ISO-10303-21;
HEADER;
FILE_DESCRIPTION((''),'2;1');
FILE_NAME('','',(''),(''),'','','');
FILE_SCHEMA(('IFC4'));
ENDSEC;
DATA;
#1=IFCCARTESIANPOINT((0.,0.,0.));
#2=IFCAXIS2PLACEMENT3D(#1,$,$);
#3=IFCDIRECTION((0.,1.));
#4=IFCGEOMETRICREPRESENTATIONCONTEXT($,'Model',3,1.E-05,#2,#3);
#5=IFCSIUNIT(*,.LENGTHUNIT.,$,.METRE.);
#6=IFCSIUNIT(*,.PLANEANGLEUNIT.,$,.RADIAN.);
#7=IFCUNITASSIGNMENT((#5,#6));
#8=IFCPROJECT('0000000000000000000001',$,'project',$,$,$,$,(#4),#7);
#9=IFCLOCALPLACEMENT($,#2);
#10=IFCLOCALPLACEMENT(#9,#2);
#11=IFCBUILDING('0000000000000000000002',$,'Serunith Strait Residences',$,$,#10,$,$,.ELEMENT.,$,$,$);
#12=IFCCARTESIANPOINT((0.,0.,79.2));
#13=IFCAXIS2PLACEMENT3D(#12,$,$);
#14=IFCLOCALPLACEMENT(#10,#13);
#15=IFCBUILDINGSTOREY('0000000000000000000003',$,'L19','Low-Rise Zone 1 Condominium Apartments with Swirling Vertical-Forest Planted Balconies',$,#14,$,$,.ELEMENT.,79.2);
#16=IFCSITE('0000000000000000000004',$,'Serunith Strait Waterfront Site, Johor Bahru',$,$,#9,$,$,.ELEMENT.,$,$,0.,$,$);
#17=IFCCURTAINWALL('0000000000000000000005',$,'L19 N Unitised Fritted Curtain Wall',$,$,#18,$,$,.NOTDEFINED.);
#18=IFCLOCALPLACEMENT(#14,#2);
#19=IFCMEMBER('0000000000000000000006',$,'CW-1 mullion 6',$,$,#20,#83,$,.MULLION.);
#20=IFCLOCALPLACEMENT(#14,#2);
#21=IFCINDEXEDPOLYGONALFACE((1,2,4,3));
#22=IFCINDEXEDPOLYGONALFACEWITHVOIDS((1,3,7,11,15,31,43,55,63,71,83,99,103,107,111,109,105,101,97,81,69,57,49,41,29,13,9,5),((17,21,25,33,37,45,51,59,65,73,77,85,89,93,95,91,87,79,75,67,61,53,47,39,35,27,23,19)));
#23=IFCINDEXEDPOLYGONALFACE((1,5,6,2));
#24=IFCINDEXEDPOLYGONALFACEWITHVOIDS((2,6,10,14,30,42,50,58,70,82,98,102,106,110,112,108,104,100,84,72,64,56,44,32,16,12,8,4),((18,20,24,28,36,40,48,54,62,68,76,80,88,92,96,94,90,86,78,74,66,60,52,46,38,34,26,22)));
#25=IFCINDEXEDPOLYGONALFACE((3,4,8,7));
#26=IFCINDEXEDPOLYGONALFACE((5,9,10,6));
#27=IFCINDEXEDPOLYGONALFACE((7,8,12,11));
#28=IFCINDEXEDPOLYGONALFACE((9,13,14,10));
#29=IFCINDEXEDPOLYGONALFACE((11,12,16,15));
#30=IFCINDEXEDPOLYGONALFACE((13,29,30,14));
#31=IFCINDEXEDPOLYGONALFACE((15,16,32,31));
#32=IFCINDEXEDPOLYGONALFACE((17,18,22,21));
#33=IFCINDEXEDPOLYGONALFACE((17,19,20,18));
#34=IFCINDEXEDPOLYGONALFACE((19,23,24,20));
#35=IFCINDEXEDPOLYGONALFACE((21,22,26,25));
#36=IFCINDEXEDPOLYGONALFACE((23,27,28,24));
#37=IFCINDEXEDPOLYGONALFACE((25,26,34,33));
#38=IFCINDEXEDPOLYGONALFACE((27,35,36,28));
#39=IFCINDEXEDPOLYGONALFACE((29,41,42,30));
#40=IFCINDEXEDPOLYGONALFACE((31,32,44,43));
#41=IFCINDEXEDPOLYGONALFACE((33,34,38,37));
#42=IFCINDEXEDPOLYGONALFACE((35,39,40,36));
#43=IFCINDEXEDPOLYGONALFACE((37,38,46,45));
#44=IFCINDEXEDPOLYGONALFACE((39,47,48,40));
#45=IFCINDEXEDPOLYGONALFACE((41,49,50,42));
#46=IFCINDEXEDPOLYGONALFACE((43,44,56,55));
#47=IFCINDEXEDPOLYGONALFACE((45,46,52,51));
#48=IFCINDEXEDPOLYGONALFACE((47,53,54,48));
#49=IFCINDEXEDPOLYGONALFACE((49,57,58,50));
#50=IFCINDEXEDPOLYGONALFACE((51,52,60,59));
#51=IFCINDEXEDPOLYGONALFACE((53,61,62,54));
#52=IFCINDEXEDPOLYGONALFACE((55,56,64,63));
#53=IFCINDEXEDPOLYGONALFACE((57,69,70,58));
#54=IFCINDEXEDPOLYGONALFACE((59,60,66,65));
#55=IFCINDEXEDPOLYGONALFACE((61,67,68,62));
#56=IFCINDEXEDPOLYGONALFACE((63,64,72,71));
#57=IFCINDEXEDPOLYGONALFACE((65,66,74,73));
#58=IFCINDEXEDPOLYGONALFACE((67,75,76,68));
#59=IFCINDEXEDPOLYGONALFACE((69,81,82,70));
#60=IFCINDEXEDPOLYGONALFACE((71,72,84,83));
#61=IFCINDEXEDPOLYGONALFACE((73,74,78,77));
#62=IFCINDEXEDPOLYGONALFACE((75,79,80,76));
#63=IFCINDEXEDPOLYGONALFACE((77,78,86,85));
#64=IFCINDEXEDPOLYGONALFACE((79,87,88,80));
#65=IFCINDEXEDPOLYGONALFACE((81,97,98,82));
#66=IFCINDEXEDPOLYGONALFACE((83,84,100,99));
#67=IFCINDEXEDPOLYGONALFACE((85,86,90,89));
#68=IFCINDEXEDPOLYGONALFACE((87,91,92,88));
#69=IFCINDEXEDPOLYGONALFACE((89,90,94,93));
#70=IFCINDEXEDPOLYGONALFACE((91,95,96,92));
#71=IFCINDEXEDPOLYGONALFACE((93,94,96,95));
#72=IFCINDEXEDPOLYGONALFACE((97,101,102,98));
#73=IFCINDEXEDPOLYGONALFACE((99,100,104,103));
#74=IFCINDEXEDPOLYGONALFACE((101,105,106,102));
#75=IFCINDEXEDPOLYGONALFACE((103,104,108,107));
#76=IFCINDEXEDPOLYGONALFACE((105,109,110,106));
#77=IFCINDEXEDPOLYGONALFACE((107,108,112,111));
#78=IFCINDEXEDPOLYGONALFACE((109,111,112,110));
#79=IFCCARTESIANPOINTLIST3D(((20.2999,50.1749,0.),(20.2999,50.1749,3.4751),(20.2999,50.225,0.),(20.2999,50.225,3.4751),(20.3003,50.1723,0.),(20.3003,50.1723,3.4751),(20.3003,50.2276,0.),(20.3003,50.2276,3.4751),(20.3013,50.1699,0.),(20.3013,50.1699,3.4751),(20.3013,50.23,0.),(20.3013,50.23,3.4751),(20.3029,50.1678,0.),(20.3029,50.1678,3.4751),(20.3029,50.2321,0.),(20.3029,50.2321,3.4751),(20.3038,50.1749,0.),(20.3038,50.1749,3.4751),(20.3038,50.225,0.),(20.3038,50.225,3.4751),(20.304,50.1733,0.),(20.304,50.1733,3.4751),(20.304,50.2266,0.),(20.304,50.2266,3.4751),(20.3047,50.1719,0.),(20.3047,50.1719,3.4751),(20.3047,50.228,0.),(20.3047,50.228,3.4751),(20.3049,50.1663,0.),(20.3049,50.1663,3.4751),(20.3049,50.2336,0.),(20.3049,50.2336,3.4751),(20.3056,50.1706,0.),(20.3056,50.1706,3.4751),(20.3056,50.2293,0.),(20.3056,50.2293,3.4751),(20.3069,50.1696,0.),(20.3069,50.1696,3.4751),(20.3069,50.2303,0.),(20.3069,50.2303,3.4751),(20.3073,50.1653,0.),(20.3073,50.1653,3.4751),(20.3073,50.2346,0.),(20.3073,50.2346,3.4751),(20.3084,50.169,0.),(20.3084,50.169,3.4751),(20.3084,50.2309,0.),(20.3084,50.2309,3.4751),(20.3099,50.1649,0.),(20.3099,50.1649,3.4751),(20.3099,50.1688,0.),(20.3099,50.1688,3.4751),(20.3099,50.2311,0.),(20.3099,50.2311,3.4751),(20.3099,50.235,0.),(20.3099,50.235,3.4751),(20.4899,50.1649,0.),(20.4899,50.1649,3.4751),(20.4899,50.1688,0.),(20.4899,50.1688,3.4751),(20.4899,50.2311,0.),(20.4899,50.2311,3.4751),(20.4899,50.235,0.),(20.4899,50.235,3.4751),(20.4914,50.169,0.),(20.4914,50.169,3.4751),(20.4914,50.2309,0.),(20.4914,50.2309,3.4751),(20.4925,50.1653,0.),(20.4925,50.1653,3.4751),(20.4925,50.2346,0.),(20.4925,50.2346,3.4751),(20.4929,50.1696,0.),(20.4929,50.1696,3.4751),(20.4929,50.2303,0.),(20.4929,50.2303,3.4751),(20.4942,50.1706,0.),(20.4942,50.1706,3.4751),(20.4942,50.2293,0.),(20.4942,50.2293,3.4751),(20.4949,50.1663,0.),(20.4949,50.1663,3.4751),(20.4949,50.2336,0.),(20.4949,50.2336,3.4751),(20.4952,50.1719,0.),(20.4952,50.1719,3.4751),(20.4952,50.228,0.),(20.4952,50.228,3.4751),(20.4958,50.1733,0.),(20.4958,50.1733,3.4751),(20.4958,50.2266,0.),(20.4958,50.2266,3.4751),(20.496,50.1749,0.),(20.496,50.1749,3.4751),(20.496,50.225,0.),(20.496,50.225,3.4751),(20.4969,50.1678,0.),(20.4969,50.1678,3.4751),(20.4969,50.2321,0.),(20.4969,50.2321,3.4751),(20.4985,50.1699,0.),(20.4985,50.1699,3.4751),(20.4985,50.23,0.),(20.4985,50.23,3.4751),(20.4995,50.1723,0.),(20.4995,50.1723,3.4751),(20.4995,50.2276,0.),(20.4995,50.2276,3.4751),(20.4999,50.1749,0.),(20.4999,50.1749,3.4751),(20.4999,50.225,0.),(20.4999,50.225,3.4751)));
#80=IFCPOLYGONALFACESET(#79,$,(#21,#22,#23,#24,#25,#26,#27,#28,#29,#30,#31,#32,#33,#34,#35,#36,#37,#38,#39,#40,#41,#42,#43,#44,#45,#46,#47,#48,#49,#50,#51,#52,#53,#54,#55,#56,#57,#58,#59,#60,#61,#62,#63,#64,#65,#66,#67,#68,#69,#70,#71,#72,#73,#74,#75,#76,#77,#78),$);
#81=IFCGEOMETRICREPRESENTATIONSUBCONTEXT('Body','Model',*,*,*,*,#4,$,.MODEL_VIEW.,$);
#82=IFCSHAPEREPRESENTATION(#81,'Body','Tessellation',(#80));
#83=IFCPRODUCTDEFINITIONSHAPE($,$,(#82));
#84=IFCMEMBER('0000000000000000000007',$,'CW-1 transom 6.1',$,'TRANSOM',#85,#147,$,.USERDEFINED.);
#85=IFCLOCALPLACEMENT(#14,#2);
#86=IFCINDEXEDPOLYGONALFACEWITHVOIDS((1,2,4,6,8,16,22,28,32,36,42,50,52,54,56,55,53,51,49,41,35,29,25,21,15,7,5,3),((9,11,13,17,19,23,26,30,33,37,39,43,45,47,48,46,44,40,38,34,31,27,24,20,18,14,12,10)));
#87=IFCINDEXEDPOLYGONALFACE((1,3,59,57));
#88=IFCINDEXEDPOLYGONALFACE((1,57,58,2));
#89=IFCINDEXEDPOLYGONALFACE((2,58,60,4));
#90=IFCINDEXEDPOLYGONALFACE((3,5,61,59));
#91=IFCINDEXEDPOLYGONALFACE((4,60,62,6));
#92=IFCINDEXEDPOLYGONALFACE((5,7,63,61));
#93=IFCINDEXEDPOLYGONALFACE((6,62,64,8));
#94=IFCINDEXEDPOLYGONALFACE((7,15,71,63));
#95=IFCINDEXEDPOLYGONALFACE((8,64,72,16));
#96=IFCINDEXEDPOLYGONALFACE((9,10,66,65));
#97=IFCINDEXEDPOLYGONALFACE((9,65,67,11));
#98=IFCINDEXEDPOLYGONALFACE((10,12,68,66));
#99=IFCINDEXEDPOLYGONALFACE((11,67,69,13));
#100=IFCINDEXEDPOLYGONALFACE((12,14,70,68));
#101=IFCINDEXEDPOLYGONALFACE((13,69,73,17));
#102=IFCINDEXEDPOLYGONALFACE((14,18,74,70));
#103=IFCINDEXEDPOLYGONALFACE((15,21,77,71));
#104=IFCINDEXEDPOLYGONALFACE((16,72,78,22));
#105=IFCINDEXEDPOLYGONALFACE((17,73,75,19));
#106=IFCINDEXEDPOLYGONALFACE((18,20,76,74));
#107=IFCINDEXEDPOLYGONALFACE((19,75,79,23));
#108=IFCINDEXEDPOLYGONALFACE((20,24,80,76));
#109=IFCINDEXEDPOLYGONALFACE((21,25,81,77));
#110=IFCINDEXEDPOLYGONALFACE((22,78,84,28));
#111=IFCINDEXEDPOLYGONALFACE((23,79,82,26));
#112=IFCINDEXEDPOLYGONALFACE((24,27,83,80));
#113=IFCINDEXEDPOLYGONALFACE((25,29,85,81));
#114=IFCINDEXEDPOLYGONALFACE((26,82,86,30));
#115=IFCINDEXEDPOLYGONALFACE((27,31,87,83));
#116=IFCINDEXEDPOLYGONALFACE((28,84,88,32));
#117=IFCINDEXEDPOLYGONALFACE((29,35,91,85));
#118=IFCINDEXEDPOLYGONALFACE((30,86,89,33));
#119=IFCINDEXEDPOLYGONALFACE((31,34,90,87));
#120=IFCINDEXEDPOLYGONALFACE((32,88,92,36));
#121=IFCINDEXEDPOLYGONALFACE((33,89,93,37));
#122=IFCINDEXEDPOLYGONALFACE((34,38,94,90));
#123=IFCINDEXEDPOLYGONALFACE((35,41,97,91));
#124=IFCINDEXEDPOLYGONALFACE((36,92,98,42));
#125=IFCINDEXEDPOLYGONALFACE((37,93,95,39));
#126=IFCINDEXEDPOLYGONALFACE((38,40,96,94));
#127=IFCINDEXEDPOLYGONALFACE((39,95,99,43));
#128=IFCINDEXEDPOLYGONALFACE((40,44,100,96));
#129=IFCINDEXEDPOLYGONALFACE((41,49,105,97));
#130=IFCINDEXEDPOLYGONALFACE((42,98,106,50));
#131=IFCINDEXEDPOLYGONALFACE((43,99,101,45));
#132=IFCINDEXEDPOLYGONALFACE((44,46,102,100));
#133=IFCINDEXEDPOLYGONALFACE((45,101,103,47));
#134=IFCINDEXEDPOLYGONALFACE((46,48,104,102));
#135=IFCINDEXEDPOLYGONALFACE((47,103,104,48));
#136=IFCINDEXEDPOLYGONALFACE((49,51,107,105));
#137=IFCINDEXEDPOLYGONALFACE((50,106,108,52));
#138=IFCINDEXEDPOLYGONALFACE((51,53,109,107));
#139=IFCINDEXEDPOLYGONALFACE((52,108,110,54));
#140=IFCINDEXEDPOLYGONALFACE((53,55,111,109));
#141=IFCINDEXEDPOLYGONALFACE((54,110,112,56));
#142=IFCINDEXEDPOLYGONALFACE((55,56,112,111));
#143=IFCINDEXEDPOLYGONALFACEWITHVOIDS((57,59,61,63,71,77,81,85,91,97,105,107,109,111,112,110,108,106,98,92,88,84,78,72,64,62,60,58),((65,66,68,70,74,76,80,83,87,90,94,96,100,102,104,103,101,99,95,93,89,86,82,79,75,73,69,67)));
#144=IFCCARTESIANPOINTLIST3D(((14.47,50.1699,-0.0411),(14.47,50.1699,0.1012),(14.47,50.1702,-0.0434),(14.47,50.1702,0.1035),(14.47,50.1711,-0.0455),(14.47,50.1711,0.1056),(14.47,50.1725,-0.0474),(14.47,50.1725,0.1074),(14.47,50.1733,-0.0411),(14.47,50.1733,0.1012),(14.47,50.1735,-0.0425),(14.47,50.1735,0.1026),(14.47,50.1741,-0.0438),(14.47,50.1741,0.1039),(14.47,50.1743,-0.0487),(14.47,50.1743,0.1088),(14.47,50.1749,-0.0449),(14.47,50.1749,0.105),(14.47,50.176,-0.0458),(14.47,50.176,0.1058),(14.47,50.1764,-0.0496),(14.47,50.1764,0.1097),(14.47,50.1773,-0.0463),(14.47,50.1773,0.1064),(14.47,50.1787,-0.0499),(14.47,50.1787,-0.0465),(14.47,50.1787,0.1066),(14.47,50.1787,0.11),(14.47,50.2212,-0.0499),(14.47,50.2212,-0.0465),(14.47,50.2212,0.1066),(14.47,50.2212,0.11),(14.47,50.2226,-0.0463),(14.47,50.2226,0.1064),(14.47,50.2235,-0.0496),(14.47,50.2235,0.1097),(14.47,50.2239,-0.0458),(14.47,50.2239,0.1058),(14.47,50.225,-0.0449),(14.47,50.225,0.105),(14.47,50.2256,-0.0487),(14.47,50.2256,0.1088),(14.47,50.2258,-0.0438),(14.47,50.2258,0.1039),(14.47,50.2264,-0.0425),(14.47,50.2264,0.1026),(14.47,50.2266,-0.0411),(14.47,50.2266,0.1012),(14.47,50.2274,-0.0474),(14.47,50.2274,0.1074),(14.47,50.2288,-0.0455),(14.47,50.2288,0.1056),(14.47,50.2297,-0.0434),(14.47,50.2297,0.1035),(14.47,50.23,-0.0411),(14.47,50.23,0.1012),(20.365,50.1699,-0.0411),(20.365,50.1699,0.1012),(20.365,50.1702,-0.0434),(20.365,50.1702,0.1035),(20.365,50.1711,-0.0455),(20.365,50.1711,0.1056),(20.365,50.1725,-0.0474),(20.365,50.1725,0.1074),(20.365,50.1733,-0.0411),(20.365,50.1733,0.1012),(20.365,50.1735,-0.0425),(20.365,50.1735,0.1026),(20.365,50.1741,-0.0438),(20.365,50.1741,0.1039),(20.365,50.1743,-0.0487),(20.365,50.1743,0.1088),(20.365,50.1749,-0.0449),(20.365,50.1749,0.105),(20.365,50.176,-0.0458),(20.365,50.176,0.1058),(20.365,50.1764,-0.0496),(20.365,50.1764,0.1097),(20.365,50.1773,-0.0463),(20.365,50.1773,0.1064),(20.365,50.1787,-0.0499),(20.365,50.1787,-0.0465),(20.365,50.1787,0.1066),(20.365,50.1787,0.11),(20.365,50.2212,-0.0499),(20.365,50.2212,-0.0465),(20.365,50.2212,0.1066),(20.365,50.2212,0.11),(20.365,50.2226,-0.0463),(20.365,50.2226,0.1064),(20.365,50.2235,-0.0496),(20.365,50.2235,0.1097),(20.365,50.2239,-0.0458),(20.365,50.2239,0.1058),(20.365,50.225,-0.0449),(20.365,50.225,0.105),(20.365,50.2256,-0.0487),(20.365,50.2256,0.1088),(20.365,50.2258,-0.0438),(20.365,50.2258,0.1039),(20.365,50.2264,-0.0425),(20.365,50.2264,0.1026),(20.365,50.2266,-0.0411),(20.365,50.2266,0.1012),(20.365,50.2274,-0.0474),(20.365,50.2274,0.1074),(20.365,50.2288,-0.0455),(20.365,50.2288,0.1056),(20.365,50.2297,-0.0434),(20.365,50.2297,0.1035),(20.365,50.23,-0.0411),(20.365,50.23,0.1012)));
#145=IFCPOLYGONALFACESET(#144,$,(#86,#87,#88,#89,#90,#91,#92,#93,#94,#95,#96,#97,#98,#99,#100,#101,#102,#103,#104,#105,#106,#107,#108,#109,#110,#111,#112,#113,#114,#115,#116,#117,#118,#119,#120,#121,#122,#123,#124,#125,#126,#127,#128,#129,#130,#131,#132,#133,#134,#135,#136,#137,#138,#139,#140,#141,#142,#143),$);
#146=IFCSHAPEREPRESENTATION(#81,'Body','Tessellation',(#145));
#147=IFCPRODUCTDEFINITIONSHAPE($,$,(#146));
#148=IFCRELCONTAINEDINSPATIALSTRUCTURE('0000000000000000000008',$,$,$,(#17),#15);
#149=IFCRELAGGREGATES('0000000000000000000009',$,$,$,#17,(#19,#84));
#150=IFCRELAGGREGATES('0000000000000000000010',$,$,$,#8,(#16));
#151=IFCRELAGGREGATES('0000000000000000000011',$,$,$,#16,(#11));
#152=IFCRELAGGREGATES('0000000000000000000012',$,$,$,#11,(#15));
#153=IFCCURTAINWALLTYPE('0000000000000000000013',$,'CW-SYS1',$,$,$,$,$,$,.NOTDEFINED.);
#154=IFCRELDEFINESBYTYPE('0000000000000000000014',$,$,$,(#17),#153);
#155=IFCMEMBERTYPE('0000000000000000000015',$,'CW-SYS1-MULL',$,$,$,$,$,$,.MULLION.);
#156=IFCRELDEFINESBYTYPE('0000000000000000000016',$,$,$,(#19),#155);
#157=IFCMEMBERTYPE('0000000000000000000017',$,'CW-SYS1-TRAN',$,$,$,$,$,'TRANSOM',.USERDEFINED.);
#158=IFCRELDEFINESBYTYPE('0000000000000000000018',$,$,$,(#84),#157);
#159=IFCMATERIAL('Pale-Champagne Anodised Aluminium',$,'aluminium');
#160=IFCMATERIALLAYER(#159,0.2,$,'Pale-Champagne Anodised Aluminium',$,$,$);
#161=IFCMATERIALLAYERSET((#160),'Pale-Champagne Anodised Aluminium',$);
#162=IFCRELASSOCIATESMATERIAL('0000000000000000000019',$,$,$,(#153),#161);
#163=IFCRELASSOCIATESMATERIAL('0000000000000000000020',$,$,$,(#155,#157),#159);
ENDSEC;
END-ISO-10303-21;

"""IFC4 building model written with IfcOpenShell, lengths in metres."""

from ifc_helpers import new_model, si_unit, direction, frame, origin, origin_2d, place, context, subcontext, project, spatial, hollow_rectangle, extrude, source, transform, mapped, material, layer, layer_set, material_profile, profile_set, type_object, element, aggregate, save


model = new_model("IFC4")

# Units and contexts
model_context = context("Model", 3, precision=1e-05, world=origin(), true_north=direction((0.0, 1.0)))
body_context = subcontext(model_context, "Body", "Model", "MODEL_VIEW")
ifc_project = project(units=[si_unit("LENGTHUNIT", "METRE"), si_unit("PLANEANGLEUNIT", "RADIAN")], contexts=[model_context])

# Site, building, storey
site_placement = place(None, origin())
site = spatial("IfcSite", under=ifc_project, at=site_placement, Name="Serunith Strait Waterfront Site, Johor Bahru", CompositionType="ELEMENT", RefElevation=0.0)
building_placement = place(site_placement, origin())
building = spatial("IfcBuilding", under=site, at=building_placement, Name="Serunith Strait Residences", CompositionType="ELEMENT")
storey_placement = place(building_placement, frame((0.0, 0.0, 79.2)))
storey = spatial("IfcBuildingStorey", under=building, at=storey_placement, Name="L19", Description="Low-Rise Zone 1 Condominium Apartments with Swirling Vertical-Forest Planted Balconies", CompositionType="ELEMENT", Elevation=79.2)

# Curtain wall, members
ifc_material_1 = material(Name="Pale-Champagne Anodised Aluminium", Category="aluminium")
ifc_layer_1 = layer(ifc_material_1, 0.2, Name="Pale-Champagne Anodised Aluminium")
ifc_layer_set_1 = layer_set([ifc_layer_1], Name="Pale-Champagne Anodised Aluminium")
curtain_wall_type = type_object("IfcCurtainWallType", Name="CW-SYS1", PredefinedType="NOTDEFINED", material=ifc_layer_set_1)
curtain_wall_placement = place(storey_placement, origin())
curtain_wall = element("IfcCurtainWall", 1, at=curtain_wall_placement, inside=storey, type_object=curtain_wall_type, Name="L19 N Unitised Fritted Curtain Wall", PredefinedType="NOTDEFINED")
ifc_material_profile_1 = material_profile(ifc_material_1, hollow_rectangle(XDim=0.0701, YDim=0.2, WallThickness=0.0039, InnerFilletRadius=0.0061, OuterFilletRadius=0.01, at=origin_2d()), Name="ALU 200x70x4")
ifc_profile_set_1 = profile_set([ifc_material_profile_1], Name="Pale-Champagne Anodised Aluminium")
member_type_1 = type_object("IfcMemberType", Name="CW-SYS1-MULL", PredefinedType="MULLION", material=ifc_profile_set_1)
shared_shape_1 = source(origin(), body_context, "Body", "SweptSolid", [
    extrude(hollow_rectangle(XDim=0.0701, YDim=0.2, WallThickness=0.0039, InnerFilletRadius=0.0061, OuterFilletRadius=0.01, at=origin_2d()), origin(), (0.0, 0.0, 1.0), 3.4751),
])
member_1_placement = place(storey_placement, frame((20.3999, 50.2, 0.0), z_axis=(0.0, 0.0, 1.0), x_axis=(0.0, -1.0, 0.0)))
member_1 = element("IfcMember", 2, at=member_1_placement, type_object=member_type_1, Name="CW-1 mullion 6", PredefinedType="MULLION", context=body_context, shape_type="MappedRepresentation", body=[
    mapped(shared_shape_1, transform((0.0, 0.0, 0.0), scale=1.0)),
])
ifc_material_profile_2 = material_profile(ifc_material_1, hollow_rectangle(XDim=0.0601, YDim=0.1599, WallThickness=0.0034, InnerFilletRadius=0.0054, OuterFilletRadius=0.0088, at=origin_2d()), Name="ALU 160x60x3.5")
ifc_profile_set_2 = profile_set([ifc_material_profile_2], Name="Pale-Champagne Anodised Aluminium")
member_type_2 = type_object("IfcMemberType", Name="CW-SYS1-TRAN", ElementType="TRANSOM", PredefinedType="USERDEFINED", material=ifc_profile_set_2)
shared_shape_2 = source(origin(), body_context, "Body", "SweptSolid", [
    extrude(hollow_rectangle(XDim=0.0601, YDim=0.1599, WallThickness=0.0034, InnerFilletRadius=0.0054, OuterFilletRadius=0.0088, at=origin_2d()), origin(), (0.0, 0.0, 1.0), 5.895),
])
member_2_placement = place(storey_placement, frame((20.365, 50.2, 0.03), z_axis=(-1.0, 0.0, 0.0), x_axis=(0.0, -1.0, 0.0)))
member_2 = element("IfcMember", 3, at=member_2_placement, type_object=member_type_2, Name="CW-1 transom 6.1", ObjectType="TRANSOM", PredefinedType="USERDEFINED", context=body_context, shape_type="MappedRepresentation", body=[
    mapped(shared_shape_2, transform((0.0, 0.0, 0.0), scale=1.0)),
])
aggregate(curtain_wall, [member_1, member_2])

save(model, "model.ifc")
